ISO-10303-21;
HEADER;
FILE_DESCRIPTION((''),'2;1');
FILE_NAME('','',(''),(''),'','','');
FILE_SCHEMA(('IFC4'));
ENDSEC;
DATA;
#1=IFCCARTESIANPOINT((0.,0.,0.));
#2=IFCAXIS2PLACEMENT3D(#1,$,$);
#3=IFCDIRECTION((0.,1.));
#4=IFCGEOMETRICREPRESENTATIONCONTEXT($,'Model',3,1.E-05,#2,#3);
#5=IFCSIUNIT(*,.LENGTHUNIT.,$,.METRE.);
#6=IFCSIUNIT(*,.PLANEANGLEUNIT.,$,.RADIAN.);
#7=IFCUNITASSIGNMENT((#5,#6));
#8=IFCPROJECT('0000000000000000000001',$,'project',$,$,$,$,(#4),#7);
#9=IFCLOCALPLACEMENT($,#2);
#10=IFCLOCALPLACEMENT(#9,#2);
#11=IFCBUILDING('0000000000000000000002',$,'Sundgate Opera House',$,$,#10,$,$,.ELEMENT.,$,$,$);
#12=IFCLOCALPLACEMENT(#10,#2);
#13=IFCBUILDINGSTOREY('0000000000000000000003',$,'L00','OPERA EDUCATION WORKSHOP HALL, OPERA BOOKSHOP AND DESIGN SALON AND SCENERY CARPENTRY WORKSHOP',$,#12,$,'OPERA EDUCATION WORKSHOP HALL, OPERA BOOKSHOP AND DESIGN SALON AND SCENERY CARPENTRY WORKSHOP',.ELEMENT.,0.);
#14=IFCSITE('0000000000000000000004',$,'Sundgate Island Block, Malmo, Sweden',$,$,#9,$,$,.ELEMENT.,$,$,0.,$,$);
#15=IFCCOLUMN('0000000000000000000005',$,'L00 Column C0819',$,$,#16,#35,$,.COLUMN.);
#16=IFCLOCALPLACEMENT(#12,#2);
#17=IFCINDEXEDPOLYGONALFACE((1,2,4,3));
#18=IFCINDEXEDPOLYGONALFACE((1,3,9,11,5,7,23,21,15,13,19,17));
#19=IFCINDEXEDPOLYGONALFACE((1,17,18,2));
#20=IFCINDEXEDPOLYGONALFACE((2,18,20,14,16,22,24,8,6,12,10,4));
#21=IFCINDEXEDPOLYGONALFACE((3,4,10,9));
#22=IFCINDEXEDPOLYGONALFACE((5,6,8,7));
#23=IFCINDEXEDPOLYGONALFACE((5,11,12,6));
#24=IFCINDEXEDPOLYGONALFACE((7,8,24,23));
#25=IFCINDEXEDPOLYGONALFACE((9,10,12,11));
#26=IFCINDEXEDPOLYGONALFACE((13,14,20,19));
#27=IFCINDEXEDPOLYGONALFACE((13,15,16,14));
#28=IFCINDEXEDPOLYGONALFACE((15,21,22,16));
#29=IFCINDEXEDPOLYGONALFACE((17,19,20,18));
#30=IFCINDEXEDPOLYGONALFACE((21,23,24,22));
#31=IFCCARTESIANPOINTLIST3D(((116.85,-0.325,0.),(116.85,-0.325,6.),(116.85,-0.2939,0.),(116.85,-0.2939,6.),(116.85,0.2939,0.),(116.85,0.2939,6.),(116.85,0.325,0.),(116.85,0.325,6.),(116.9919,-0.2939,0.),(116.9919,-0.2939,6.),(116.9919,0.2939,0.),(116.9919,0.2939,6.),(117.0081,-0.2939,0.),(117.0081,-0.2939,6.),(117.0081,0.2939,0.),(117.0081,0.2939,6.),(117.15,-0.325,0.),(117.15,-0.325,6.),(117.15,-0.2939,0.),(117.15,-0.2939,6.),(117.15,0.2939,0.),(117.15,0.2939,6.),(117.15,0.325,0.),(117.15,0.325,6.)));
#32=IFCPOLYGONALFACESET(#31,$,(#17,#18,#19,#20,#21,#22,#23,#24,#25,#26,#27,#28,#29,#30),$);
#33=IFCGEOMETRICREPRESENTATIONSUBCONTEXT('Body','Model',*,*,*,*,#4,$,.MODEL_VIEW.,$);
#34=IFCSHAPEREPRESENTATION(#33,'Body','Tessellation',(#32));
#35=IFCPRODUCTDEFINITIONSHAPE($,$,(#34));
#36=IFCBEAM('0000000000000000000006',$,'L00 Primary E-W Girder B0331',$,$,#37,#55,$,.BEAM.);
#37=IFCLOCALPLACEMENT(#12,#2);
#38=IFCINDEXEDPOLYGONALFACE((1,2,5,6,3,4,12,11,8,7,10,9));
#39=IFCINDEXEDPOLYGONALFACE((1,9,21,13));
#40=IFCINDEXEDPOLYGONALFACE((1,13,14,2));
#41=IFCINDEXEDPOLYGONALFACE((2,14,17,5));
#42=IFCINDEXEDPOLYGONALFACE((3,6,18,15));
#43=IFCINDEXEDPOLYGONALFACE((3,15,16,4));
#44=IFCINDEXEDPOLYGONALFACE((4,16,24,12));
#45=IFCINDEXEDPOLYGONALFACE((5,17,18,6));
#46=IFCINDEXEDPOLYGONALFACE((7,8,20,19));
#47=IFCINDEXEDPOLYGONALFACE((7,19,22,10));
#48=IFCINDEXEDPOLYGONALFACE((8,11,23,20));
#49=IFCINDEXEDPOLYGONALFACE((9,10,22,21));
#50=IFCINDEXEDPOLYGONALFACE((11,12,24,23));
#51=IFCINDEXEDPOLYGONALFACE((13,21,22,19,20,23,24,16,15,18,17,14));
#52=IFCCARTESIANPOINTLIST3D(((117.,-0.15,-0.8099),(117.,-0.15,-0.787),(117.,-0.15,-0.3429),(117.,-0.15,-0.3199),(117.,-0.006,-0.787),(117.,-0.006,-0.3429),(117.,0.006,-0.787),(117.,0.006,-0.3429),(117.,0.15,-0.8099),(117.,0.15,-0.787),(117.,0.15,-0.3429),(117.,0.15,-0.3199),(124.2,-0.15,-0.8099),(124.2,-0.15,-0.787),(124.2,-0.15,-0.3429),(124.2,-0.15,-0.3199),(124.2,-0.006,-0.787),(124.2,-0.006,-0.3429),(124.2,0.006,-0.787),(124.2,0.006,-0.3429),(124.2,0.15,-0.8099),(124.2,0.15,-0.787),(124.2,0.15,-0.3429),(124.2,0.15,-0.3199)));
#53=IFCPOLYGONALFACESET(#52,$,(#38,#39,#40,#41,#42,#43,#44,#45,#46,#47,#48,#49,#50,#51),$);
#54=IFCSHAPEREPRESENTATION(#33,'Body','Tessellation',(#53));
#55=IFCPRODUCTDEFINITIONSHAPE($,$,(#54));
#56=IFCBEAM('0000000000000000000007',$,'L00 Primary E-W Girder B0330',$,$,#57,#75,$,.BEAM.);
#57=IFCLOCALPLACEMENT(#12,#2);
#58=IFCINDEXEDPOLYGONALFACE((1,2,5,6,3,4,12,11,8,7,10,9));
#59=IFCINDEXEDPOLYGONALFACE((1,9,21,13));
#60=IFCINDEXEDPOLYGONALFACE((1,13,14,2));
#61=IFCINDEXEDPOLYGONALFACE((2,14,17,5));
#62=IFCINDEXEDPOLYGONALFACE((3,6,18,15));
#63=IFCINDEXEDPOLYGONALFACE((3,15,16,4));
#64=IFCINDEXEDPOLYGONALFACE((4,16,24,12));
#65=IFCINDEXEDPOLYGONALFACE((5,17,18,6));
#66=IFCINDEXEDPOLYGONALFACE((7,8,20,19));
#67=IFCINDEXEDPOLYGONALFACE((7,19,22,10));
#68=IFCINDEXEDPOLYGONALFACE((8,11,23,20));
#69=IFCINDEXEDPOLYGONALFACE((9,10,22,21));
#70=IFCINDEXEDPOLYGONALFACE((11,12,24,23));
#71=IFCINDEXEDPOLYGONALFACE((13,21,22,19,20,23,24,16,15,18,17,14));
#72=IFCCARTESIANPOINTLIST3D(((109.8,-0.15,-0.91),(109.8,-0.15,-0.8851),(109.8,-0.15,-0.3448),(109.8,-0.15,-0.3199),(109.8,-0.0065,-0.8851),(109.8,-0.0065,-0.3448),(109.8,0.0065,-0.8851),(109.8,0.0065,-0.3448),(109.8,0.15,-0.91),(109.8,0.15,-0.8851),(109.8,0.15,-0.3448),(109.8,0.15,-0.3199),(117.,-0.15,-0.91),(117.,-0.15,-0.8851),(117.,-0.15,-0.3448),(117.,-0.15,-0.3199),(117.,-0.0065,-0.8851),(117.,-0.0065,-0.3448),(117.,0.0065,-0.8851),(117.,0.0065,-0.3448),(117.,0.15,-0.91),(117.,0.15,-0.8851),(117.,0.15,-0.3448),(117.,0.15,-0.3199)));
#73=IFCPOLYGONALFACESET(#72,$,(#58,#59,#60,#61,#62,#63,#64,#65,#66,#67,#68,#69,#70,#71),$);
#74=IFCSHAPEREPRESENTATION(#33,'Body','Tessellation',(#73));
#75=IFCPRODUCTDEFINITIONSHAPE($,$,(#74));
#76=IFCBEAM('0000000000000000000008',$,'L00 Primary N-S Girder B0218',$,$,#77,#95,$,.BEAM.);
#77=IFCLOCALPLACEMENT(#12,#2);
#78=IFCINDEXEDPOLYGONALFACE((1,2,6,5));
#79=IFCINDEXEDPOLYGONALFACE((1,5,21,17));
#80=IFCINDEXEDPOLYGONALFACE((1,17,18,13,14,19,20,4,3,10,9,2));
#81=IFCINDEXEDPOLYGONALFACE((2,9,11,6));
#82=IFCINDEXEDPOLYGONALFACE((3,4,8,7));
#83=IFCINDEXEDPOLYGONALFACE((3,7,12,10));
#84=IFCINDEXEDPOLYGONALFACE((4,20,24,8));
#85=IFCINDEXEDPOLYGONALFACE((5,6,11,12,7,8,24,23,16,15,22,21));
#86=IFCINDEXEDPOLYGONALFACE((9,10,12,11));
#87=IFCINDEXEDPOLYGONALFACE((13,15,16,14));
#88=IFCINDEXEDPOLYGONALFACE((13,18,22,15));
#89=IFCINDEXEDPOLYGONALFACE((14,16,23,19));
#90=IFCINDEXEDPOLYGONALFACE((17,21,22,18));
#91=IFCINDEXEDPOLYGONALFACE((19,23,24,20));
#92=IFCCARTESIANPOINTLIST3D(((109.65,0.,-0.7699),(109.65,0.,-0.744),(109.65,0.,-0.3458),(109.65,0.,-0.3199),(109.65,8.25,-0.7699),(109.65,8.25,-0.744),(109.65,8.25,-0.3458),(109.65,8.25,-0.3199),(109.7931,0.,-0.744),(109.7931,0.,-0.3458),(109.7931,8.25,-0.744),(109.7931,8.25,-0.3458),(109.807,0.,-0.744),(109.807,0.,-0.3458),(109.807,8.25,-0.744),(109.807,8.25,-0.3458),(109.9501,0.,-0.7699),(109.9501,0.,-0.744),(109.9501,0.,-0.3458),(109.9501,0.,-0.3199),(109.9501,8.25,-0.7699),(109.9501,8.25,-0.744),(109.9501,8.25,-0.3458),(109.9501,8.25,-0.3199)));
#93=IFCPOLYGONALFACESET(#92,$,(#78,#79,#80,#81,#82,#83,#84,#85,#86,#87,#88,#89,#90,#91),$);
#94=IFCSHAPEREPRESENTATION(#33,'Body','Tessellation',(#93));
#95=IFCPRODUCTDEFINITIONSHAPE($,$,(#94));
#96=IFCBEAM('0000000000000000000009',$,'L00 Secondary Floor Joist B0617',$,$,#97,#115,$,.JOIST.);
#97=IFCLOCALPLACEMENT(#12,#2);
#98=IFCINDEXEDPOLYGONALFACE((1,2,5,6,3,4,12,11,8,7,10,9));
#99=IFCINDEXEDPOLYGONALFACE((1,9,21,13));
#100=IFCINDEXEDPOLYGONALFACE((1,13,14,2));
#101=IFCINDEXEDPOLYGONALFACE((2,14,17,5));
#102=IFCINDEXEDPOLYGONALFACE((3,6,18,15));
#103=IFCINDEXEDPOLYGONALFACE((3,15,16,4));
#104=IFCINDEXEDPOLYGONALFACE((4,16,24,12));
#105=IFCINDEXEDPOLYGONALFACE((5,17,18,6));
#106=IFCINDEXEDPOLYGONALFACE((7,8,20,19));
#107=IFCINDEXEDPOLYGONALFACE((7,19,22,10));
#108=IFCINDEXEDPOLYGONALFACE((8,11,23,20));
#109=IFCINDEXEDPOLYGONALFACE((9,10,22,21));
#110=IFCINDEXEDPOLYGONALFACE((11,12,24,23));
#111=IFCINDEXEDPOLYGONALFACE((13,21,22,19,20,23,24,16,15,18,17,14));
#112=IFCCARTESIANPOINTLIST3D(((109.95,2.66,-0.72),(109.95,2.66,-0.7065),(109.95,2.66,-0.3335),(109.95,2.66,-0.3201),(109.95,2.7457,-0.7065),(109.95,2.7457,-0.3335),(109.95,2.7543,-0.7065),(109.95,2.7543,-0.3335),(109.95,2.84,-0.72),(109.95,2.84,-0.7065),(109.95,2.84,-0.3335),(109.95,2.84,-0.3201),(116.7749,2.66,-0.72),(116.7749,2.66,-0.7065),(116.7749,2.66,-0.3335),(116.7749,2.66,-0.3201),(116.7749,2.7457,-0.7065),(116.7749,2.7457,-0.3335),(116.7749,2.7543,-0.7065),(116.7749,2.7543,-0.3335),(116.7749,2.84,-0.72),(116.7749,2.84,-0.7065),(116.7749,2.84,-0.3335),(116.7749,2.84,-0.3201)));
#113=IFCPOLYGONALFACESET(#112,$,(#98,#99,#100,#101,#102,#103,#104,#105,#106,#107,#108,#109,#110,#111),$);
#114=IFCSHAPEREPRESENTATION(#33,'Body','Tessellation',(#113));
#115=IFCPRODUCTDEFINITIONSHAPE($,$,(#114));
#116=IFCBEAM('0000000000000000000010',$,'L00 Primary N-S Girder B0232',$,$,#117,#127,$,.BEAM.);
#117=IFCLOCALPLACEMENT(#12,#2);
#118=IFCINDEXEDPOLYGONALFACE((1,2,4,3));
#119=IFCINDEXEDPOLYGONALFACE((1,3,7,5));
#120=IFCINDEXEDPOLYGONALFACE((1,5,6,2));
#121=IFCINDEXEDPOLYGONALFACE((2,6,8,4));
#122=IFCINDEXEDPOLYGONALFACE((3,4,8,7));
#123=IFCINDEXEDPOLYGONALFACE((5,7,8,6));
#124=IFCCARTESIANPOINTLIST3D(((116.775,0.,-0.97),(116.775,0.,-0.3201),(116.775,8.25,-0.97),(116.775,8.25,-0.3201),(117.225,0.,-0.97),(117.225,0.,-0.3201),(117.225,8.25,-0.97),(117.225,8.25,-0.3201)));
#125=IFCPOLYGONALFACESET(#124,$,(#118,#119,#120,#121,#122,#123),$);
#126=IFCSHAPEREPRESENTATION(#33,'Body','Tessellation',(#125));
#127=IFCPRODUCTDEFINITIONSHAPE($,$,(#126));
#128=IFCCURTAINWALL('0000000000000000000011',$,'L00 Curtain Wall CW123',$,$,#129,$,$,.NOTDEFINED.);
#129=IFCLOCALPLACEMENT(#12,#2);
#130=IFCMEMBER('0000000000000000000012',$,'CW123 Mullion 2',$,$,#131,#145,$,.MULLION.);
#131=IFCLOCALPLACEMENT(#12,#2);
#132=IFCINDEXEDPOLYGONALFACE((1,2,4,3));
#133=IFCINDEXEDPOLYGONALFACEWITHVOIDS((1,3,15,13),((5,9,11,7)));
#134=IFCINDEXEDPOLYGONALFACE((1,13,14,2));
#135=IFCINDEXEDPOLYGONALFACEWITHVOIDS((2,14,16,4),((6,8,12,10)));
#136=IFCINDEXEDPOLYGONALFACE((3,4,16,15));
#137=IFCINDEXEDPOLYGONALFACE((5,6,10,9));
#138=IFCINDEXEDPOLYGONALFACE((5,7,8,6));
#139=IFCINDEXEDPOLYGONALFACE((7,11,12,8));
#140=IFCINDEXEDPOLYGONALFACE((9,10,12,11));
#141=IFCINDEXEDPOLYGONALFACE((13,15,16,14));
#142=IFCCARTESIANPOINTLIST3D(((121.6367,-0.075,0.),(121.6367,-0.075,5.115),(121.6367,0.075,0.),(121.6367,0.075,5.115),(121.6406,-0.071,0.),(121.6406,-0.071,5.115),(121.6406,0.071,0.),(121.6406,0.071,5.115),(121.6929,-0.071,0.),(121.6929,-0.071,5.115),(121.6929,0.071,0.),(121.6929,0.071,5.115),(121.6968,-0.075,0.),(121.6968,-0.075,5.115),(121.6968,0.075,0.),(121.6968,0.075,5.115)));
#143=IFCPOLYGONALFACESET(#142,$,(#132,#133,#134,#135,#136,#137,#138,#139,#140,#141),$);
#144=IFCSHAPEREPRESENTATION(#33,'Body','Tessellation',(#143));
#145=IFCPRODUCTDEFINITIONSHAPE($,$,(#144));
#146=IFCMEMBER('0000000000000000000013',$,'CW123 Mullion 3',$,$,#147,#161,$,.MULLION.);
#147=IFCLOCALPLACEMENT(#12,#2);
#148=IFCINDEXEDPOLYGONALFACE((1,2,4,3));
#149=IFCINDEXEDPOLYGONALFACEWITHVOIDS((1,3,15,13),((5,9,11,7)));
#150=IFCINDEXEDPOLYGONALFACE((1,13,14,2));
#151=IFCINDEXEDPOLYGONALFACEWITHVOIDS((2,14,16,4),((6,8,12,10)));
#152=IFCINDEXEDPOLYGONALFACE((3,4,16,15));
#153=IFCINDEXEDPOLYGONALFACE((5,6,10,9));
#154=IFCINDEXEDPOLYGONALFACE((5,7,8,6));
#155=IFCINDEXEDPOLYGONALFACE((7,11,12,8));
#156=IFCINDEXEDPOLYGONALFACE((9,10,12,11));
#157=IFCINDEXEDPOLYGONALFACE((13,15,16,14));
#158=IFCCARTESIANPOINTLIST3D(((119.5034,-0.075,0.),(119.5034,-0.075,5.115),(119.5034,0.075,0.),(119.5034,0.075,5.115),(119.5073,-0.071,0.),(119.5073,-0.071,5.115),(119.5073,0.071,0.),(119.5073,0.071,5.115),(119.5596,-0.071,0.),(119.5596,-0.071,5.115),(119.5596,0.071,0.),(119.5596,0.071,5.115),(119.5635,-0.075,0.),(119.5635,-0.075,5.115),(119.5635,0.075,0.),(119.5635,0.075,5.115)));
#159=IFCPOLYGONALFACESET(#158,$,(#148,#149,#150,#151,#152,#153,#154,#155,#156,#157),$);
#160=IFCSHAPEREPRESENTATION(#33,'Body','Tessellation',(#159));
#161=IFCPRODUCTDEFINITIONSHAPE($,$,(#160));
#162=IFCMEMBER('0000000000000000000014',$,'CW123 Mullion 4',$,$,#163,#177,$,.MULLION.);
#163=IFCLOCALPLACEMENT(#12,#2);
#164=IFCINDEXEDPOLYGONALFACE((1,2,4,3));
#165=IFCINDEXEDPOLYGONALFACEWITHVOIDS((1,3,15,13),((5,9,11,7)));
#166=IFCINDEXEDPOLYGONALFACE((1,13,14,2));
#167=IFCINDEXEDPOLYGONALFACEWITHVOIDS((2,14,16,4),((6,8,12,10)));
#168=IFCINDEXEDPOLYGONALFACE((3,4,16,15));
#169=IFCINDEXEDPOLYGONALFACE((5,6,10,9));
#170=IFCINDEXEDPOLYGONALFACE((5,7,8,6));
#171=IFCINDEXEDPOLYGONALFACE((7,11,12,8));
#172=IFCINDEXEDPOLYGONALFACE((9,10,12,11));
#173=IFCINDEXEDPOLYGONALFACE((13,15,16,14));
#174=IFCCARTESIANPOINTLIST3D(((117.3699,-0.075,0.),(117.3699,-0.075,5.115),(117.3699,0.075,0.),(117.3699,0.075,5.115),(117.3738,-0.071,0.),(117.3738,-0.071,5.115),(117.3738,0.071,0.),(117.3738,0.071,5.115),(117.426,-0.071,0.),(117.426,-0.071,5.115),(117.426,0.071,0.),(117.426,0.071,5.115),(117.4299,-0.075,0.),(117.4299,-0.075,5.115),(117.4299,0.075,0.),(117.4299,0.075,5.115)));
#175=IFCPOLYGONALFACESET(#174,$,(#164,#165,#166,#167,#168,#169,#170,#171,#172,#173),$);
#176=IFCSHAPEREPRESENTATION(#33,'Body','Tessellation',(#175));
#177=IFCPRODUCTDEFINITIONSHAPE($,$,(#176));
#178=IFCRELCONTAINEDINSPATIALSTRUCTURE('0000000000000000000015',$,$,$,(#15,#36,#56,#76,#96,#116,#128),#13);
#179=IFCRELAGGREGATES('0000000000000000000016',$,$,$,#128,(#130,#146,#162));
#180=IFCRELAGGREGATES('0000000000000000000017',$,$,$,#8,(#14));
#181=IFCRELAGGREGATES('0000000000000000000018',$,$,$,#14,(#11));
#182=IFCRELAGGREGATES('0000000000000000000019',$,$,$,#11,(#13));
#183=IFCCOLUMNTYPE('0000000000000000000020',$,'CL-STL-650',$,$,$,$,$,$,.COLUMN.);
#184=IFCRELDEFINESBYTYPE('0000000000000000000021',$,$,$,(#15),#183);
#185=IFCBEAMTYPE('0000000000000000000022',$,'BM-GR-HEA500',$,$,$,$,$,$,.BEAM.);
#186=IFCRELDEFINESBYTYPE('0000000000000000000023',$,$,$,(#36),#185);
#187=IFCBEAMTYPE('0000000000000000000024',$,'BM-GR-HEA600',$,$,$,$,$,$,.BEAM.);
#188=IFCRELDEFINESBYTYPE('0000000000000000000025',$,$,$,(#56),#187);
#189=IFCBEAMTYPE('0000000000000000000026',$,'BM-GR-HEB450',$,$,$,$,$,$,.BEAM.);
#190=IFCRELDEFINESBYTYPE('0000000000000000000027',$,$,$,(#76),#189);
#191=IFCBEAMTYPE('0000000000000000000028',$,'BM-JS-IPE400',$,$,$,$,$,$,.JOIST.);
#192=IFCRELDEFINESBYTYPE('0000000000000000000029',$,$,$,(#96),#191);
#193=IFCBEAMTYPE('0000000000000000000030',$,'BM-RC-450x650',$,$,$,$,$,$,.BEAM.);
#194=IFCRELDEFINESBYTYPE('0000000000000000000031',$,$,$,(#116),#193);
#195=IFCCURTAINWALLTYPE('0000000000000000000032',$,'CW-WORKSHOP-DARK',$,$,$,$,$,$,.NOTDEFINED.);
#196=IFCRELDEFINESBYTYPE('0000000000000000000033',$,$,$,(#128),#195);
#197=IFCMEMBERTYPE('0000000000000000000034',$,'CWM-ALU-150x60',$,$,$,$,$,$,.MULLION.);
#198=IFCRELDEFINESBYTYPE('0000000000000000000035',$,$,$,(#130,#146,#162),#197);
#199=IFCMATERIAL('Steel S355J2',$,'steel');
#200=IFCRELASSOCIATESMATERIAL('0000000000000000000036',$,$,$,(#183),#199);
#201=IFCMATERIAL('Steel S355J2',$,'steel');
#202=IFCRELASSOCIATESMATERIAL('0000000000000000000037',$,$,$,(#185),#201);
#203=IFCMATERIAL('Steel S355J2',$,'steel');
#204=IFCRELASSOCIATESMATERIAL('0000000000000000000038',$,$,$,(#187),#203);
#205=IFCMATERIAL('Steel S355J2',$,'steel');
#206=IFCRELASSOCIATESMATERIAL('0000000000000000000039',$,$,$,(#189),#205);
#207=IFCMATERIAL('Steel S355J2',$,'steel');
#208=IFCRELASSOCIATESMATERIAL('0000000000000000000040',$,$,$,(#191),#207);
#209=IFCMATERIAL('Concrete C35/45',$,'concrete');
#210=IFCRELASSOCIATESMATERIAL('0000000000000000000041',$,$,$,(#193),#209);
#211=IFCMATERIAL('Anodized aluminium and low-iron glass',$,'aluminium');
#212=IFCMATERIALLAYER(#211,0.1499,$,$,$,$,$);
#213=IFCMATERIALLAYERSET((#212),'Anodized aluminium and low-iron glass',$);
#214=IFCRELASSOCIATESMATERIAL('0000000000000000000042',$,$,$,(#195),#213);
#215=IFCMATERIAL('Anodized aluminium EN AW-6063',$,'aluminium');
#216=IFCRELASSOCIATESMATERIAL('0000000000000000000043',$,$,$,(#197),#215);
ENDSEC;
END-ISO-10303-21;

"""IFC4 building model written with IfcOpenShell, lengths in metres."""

from ifc_helpers import new_model, si_unit, direction, frame, origin, origin_2d, place, context, subcontext, project, spatial, rectangle, hollow_rectangle, i_section, extrude, material, layer, layer_set, material_profile, profile_set, type_object, element, aggregate, save


model = new_model("IFC4")

# Units and contexts
model_context = context("Model", 3, precision=1e-05, world=origin(), true_north=direction((0.0, 1.0)))
body_context = subcontext(model_context, "Body", "Model", "MODEL_VIEW")
ifc_project = project(units=[si_unit("LENGTHUNIT", "METRE"), si_unit("PLANEANGLEUNIT", "RADIAN")], contexts=[model_context])

# Site, building, storey
site_placement = place(None, origin())
site = spatial("IfcSite", under=ifc_project, at=site_placement, Name="Sundgate Island Block, Malmo, Sweden", CompositionType="ELEMENT", RefElevation=0.0)
building_placement = place(site_placement, origin())
building = spatial("IfcBuilding", under=site, at=building_placement, Name="Sundgate Opera House", CompositionType="ELEMENT")
storey_placement = place(building_placement, origin())
storey = spatial("IfcBuildingStorey", under=building, at=storey_placement, Name="L00", Description="OPERA EDUCATION WORKSHOP HALL, OPERA BOOKSHOP AND DESIGN SALON AND SCENERY CARPENTRY WORKSHOP", LongName="OPERA EDUCATION WORKSHOP HALL, OPERA BOOKSHOP AND DESIGN SALON AND SCENERY CARPENTRY WORKSHOP", CompositionType="ELEMENT", Elevation=0.0)

# Column
ifc_material_1 = material(Name="Steel S355J2", Category="steel")
ifc_material_profile_1 = material_profile(ifc_material_1, i_section(OverallWidth=0.3, OverallDepth=0.6499, WebThickness=0.0161, FlangeThickness=0.031, at=origin_2d()), Name="HEB 650")
ifc_profile_set_1 = profile_set([ifc_material_profile_1], Name="Steel S355J2")
column_type = type_object("IfcColumnType", Name="CL-STL-650", PredefinedType="COLUMN", material=ifc_profile_set_1)
column_placement = place(storey_placement, frame((117.0, 0.0, 0.0), z_axis=(0.0, 0.0, 1.0), x_axis=(1.0, 0.0, 0.0)))
element("IfcColumn", 1, at=column_placement, inside=storey, type_object=column_type, Name="L00 Column C0819", PredefinedType="COLUMN", context=body_context, shape_type="SweptSolid", body=[
    extrude(i_section(OverallWidth=0.3, OverallDepth=0.6499, WebThickness=0.0161, FlangeThickness=0.031, at=origin_2d()), origin(), (0.0, 0.0, 1.0), 6.0),
])

# Beams
ifc_material_2 = material(Name="Steel S355J2", Category="steel")
ifc_material_profile_2 = material_profile(ifc_material_2, i_section(OverallWidth=0.3, OverallDepth=0.49, WebThickness=0.012, FlangeThickness=0.0229, at=origin_2d()), Name="HEA 500")
ifc_profile_set_2 = profile_set([ifc_material_profile_2], Name="Steel S355J2")
beam_type_1 = type_object("IfcBeamType", Name="BM-GR-HEA500", PredefinedType="BEAM", material=ifc_profile_set_2)
beam_1_placement = place(storey_placement, frame((117.0, 0.0, -0.5649), z_axis=(1.0, 0.0, 0.0), x_axis=(0.0, 1.0, 0.0)))
element("IfcBeam", 2, at=beam_1_placement, inside=storey, type_object=beam_type_1, Name="L00 Primary E-W Girder B0331", PredefinedType="BEAM", context=body_context, shape_type="SweptSolid", body=[
    extrude(i_section(OverallWidth=0.3, OverallDepth=0.49, WebThickness=0.012, FlangeThickness=0.0229, at=origin_2d()), origin(), (0.0, 0.0, 1.0), 7.2),
])
ifc_material_3 = material(Name="Steel S355J2", Category="steel")
ifc_material_profile_3 = material_profile(ifc_material_3, i_section(OverallWidth=0.3, OverallDepth=0.5901, WebThickness=0.0129, FlangeThickness=0.0249, at=origin_2d()), Name="HEA 600")
ifc_profile_set_3 = profile_set([ifc_material_profile_3], Name="Steel S355J2")
beam_type_2 = type_object("IfcBeamType", Name="BM-GR-HEA600", PredefinedType="BEAM", material=ifc_profile_set_3)
beam_2_placement = place(storey_placement, frame((109.8, 0.0, -0.615), z_axis=(1.0, 0.0, 0.0), x_axis=(0.0, 1.0, 0.0)))
element("IfcBeam", 3, at=beam_2_placement, inside=storey, type_object=beam_type_2, Name="L00 Primary E-W Girder B0330", PredefinedType="BEAM", context=body_context, shape_type="SweptSolid", body=[
    extrude(i_section(OverallWidth=0.3, OverallDepth=0.5901, WebThickness=0.0129, FlangeThickness=0.0249, at=origin_2d()), origin(), (0.0, 0.0, 1.0), 7.2),
])
ifc_material_4 = material(Name="Steel S355J2", Category="steel")
ifc_material_profile_4 = material_profile(ifc_material_4, i_section(OverallWidth=0.3, OverallDepth=0.45, WebThickness=0.0139, FlangeThickness=0.0259, at=origin_2d()), Name="HEB 450")
ifc_profile_set_4 = profile_set([ifc_material_profile_4], Name="Steel S355J2")
beam_type_3 = type_object("IfcBeamType", Name="BM-GR-HEB450", PredefinedType="BEAM", material=ifc_profile_set_4)
beam_3_placement = place(storey_placement, frame((109.8, 0.0, -0.5449), z_axis=(0.0, 1.0, 0.0), x_axis=(-1.0, 0.0, 0.0)))
element("IfcBeam", 4, at=beam_3_placement, inside=storey, type_object=beam_type_3, Name="L00 Primary N-S Girder B0218", PredefinedType="BEAM", context=body_context, shape_type="SweptSolid", body=[
    extrude(i_section(OverallWidth=0.3, OverallDepth=0.45, WebThickness=0.0139, FlangeThickness=0.0259, at=origin_2d()), origin(), (0.0, 0.0, 1.0), 8.25),
])
ifc_material_5 = material(Name="Steel S355J2", Category="steel")
ifc_material_profile_5 = material_profile(ifc_material_5, i_section(OverallWidth=0.1799, OverallDepth=0.3999, WebThickness=0.0085, FlangeThickness=0.0134, at=origin_2d()), Name="IPE 400")
ifc_profile_set_5 = profile_set([ifc_material_profile_5], Name="Steel S355J2")
beam_type_4 = type_object("IfcBeamType", Name="BM-JS-IPE400", PredefinedType="JOIST", material=ifc_profile_set_5)
beam_4_placement = place(storey_placement, frame((109.95, 2.75, -0.52), z_axis=(1.0, 0.0, 0.0), x_axis=(0.0, 1.0, 0.0)))
element("IfcBeam", 5, at=beam_4_placement, inside=storey, type_object=beam_type_4, Name="L00 Secondary Floor Joist B0617", PredefinedType="JOIST", context=body_context, shape_type="SweptSolid", body=[
    extrude(i_section(OverallWidth=0.1799, OverallDepth=0.3999, WebThickness=0.0085, FlangeThickness=0.0134, at=origin_2d()), origin(), (0.0, 0.0, 1.0), 6.825),
])
ifc_material_6 = material(Name="Concrete C35/45", Category="concrete")
ifc_material_profile_6 = material_profile(ifc_material_6, rectangle(XDim=0.45, YDim=0.6499, at=origin_2d()), Name="RC 450x650")
ifc_profile_set_6 = profile_set([ifc_material_profile_6], Name="Concrete C35/45")
beam_type_5 = type_object("IfcBeamType", Name="BM-RC-450x650", PredefinedType="BEAM", material=ifc_profile_set_6)
beam_5_placement = place(storey_placement, frame((117.0, 0.0, -0.645), z_axis=(0.0, 1.0, 0.0), x_axis=(-1.0, 0.0, 0.0)))
element("IfcBeam", 6, at=beam_5_placement, inside=storey, type_object=beam_type_5, Name="L00 Primary N-S Girder B0232", PredefinedType="BEAM", context=body_context, shape_type="SweptSolid", body=[
    extrude(rectangle(XDim=0.45, YDim=0.6499, at=origin_2d()), origin(), (0.0, 0.0, 1.0), 8.25),
])

# Curtain wall, members
ifc_material_7 = material(Name="Anodized aluminium and low-iron glass", Category="aluminium")
ifc_layer_1 = layer(ifc_material_7, 0.1499)
ifc_layer_set_1 = layer_set([ifc_layer_1], Name="Anodized aluminium and low-iron glass")
curtain_wall_type = type_object("IfcCurtainWallType", Name="CW-WORKSHOP-DARK", PredefinedType="NOTDEFINED", material=ifc_layer_set_1)
curtain_wall_placement = place(storey_placement, origin())
curtain_wall = element("IfcCurtainWall", 7, at=curtain_wall_placement, inside=storey, type_object=curtain_wall_type, Name="L00 Curtain Wall CW123", PredefinedType="NOTDEFINED")
ifc_material_8 = material(Name="Anodized aluminium EN AW-6063", Category="aluminium")
ifc_material_profile_7 = material_profile(ifc_material_8, hollow_rectangle(XDim=0.0601, YDim=0.1499, WallThickness=0.0039, at=origin_2d()), Name="CWM 150x60x4")
ifc_profile_set_7 = profile_set([ifc_material_profile_7], Name="Anodized aluminium EN AW-6063")
member_type_1 = type_object("IfcMemberType", Name="CWM-ALU-150x60", PredefinedType="MULLION", material=ifc_profile_set_7)
member_1_placement = place(storey_placement, frame((121.6667, 0.0, 0.0), z_axis=(0.0, 0.0, 1.0), x_axis=(1.0, 0.0, 0.0)))
member_1 = element("IfcMember", 8, at=member_1_placement, type_object=member_type_1, Name="CW123 Mullion 2", PredefinedType="MULLION", context=body_context, shape_type="SweptSolid", body=[
    extrude(hollow_rectangle(XDim=0.0601, YDim=0.1499, WallThickness=0.0039, at=origin_2d()), origin(), (0.0, 0.0, 1.0), 5.115),
])
member_2_placement = place(storey_placement, frame((119.5334, 0.0, 0.0), z_axis=(0.0, 0.0, 1.0), x_axis=(1.0, 0.0, 0.0)))
member_2 = element("IfcMember", 9, at=member_2_placement, type_object=member_type_1, Name="CW123 Mullion 3", PredefinedType="MULLION", context=body_context, shape_type="SweptSolid", body=[
    extrude(hollow_rectangle(XDim=0.0601, YDim=0.1499, WallThickness=0.0039, at=origin_2d()), origin(), (0.0, 0.0, 1.0), 5.115),
])
member_3_placement = place(storey_placement, frame((117.3999, 0.0, 0.0), z_axis=(0.0, 0.0, 1.0), x_axis=(1.0, 0.0, 0.0)))
member_3 = element("IfcMember", 10, at=member_3_placement, type_object=member_type_1, Name="CW123 Mullion 4", PredefinedType="MULLION", context=body_context, shape_type="SweptSolid", body=[
    extrude(hollow_rectangle(XDim=0.0601, YDim=0.1499, WallThickness=0.0039, at=origin_2d()), origin(), (0.0, 0.0, 1.0), 5.115),
])
aggregate(curtain_wall, [member_1, member_2, member_3])

save(model, "model.ifc")
